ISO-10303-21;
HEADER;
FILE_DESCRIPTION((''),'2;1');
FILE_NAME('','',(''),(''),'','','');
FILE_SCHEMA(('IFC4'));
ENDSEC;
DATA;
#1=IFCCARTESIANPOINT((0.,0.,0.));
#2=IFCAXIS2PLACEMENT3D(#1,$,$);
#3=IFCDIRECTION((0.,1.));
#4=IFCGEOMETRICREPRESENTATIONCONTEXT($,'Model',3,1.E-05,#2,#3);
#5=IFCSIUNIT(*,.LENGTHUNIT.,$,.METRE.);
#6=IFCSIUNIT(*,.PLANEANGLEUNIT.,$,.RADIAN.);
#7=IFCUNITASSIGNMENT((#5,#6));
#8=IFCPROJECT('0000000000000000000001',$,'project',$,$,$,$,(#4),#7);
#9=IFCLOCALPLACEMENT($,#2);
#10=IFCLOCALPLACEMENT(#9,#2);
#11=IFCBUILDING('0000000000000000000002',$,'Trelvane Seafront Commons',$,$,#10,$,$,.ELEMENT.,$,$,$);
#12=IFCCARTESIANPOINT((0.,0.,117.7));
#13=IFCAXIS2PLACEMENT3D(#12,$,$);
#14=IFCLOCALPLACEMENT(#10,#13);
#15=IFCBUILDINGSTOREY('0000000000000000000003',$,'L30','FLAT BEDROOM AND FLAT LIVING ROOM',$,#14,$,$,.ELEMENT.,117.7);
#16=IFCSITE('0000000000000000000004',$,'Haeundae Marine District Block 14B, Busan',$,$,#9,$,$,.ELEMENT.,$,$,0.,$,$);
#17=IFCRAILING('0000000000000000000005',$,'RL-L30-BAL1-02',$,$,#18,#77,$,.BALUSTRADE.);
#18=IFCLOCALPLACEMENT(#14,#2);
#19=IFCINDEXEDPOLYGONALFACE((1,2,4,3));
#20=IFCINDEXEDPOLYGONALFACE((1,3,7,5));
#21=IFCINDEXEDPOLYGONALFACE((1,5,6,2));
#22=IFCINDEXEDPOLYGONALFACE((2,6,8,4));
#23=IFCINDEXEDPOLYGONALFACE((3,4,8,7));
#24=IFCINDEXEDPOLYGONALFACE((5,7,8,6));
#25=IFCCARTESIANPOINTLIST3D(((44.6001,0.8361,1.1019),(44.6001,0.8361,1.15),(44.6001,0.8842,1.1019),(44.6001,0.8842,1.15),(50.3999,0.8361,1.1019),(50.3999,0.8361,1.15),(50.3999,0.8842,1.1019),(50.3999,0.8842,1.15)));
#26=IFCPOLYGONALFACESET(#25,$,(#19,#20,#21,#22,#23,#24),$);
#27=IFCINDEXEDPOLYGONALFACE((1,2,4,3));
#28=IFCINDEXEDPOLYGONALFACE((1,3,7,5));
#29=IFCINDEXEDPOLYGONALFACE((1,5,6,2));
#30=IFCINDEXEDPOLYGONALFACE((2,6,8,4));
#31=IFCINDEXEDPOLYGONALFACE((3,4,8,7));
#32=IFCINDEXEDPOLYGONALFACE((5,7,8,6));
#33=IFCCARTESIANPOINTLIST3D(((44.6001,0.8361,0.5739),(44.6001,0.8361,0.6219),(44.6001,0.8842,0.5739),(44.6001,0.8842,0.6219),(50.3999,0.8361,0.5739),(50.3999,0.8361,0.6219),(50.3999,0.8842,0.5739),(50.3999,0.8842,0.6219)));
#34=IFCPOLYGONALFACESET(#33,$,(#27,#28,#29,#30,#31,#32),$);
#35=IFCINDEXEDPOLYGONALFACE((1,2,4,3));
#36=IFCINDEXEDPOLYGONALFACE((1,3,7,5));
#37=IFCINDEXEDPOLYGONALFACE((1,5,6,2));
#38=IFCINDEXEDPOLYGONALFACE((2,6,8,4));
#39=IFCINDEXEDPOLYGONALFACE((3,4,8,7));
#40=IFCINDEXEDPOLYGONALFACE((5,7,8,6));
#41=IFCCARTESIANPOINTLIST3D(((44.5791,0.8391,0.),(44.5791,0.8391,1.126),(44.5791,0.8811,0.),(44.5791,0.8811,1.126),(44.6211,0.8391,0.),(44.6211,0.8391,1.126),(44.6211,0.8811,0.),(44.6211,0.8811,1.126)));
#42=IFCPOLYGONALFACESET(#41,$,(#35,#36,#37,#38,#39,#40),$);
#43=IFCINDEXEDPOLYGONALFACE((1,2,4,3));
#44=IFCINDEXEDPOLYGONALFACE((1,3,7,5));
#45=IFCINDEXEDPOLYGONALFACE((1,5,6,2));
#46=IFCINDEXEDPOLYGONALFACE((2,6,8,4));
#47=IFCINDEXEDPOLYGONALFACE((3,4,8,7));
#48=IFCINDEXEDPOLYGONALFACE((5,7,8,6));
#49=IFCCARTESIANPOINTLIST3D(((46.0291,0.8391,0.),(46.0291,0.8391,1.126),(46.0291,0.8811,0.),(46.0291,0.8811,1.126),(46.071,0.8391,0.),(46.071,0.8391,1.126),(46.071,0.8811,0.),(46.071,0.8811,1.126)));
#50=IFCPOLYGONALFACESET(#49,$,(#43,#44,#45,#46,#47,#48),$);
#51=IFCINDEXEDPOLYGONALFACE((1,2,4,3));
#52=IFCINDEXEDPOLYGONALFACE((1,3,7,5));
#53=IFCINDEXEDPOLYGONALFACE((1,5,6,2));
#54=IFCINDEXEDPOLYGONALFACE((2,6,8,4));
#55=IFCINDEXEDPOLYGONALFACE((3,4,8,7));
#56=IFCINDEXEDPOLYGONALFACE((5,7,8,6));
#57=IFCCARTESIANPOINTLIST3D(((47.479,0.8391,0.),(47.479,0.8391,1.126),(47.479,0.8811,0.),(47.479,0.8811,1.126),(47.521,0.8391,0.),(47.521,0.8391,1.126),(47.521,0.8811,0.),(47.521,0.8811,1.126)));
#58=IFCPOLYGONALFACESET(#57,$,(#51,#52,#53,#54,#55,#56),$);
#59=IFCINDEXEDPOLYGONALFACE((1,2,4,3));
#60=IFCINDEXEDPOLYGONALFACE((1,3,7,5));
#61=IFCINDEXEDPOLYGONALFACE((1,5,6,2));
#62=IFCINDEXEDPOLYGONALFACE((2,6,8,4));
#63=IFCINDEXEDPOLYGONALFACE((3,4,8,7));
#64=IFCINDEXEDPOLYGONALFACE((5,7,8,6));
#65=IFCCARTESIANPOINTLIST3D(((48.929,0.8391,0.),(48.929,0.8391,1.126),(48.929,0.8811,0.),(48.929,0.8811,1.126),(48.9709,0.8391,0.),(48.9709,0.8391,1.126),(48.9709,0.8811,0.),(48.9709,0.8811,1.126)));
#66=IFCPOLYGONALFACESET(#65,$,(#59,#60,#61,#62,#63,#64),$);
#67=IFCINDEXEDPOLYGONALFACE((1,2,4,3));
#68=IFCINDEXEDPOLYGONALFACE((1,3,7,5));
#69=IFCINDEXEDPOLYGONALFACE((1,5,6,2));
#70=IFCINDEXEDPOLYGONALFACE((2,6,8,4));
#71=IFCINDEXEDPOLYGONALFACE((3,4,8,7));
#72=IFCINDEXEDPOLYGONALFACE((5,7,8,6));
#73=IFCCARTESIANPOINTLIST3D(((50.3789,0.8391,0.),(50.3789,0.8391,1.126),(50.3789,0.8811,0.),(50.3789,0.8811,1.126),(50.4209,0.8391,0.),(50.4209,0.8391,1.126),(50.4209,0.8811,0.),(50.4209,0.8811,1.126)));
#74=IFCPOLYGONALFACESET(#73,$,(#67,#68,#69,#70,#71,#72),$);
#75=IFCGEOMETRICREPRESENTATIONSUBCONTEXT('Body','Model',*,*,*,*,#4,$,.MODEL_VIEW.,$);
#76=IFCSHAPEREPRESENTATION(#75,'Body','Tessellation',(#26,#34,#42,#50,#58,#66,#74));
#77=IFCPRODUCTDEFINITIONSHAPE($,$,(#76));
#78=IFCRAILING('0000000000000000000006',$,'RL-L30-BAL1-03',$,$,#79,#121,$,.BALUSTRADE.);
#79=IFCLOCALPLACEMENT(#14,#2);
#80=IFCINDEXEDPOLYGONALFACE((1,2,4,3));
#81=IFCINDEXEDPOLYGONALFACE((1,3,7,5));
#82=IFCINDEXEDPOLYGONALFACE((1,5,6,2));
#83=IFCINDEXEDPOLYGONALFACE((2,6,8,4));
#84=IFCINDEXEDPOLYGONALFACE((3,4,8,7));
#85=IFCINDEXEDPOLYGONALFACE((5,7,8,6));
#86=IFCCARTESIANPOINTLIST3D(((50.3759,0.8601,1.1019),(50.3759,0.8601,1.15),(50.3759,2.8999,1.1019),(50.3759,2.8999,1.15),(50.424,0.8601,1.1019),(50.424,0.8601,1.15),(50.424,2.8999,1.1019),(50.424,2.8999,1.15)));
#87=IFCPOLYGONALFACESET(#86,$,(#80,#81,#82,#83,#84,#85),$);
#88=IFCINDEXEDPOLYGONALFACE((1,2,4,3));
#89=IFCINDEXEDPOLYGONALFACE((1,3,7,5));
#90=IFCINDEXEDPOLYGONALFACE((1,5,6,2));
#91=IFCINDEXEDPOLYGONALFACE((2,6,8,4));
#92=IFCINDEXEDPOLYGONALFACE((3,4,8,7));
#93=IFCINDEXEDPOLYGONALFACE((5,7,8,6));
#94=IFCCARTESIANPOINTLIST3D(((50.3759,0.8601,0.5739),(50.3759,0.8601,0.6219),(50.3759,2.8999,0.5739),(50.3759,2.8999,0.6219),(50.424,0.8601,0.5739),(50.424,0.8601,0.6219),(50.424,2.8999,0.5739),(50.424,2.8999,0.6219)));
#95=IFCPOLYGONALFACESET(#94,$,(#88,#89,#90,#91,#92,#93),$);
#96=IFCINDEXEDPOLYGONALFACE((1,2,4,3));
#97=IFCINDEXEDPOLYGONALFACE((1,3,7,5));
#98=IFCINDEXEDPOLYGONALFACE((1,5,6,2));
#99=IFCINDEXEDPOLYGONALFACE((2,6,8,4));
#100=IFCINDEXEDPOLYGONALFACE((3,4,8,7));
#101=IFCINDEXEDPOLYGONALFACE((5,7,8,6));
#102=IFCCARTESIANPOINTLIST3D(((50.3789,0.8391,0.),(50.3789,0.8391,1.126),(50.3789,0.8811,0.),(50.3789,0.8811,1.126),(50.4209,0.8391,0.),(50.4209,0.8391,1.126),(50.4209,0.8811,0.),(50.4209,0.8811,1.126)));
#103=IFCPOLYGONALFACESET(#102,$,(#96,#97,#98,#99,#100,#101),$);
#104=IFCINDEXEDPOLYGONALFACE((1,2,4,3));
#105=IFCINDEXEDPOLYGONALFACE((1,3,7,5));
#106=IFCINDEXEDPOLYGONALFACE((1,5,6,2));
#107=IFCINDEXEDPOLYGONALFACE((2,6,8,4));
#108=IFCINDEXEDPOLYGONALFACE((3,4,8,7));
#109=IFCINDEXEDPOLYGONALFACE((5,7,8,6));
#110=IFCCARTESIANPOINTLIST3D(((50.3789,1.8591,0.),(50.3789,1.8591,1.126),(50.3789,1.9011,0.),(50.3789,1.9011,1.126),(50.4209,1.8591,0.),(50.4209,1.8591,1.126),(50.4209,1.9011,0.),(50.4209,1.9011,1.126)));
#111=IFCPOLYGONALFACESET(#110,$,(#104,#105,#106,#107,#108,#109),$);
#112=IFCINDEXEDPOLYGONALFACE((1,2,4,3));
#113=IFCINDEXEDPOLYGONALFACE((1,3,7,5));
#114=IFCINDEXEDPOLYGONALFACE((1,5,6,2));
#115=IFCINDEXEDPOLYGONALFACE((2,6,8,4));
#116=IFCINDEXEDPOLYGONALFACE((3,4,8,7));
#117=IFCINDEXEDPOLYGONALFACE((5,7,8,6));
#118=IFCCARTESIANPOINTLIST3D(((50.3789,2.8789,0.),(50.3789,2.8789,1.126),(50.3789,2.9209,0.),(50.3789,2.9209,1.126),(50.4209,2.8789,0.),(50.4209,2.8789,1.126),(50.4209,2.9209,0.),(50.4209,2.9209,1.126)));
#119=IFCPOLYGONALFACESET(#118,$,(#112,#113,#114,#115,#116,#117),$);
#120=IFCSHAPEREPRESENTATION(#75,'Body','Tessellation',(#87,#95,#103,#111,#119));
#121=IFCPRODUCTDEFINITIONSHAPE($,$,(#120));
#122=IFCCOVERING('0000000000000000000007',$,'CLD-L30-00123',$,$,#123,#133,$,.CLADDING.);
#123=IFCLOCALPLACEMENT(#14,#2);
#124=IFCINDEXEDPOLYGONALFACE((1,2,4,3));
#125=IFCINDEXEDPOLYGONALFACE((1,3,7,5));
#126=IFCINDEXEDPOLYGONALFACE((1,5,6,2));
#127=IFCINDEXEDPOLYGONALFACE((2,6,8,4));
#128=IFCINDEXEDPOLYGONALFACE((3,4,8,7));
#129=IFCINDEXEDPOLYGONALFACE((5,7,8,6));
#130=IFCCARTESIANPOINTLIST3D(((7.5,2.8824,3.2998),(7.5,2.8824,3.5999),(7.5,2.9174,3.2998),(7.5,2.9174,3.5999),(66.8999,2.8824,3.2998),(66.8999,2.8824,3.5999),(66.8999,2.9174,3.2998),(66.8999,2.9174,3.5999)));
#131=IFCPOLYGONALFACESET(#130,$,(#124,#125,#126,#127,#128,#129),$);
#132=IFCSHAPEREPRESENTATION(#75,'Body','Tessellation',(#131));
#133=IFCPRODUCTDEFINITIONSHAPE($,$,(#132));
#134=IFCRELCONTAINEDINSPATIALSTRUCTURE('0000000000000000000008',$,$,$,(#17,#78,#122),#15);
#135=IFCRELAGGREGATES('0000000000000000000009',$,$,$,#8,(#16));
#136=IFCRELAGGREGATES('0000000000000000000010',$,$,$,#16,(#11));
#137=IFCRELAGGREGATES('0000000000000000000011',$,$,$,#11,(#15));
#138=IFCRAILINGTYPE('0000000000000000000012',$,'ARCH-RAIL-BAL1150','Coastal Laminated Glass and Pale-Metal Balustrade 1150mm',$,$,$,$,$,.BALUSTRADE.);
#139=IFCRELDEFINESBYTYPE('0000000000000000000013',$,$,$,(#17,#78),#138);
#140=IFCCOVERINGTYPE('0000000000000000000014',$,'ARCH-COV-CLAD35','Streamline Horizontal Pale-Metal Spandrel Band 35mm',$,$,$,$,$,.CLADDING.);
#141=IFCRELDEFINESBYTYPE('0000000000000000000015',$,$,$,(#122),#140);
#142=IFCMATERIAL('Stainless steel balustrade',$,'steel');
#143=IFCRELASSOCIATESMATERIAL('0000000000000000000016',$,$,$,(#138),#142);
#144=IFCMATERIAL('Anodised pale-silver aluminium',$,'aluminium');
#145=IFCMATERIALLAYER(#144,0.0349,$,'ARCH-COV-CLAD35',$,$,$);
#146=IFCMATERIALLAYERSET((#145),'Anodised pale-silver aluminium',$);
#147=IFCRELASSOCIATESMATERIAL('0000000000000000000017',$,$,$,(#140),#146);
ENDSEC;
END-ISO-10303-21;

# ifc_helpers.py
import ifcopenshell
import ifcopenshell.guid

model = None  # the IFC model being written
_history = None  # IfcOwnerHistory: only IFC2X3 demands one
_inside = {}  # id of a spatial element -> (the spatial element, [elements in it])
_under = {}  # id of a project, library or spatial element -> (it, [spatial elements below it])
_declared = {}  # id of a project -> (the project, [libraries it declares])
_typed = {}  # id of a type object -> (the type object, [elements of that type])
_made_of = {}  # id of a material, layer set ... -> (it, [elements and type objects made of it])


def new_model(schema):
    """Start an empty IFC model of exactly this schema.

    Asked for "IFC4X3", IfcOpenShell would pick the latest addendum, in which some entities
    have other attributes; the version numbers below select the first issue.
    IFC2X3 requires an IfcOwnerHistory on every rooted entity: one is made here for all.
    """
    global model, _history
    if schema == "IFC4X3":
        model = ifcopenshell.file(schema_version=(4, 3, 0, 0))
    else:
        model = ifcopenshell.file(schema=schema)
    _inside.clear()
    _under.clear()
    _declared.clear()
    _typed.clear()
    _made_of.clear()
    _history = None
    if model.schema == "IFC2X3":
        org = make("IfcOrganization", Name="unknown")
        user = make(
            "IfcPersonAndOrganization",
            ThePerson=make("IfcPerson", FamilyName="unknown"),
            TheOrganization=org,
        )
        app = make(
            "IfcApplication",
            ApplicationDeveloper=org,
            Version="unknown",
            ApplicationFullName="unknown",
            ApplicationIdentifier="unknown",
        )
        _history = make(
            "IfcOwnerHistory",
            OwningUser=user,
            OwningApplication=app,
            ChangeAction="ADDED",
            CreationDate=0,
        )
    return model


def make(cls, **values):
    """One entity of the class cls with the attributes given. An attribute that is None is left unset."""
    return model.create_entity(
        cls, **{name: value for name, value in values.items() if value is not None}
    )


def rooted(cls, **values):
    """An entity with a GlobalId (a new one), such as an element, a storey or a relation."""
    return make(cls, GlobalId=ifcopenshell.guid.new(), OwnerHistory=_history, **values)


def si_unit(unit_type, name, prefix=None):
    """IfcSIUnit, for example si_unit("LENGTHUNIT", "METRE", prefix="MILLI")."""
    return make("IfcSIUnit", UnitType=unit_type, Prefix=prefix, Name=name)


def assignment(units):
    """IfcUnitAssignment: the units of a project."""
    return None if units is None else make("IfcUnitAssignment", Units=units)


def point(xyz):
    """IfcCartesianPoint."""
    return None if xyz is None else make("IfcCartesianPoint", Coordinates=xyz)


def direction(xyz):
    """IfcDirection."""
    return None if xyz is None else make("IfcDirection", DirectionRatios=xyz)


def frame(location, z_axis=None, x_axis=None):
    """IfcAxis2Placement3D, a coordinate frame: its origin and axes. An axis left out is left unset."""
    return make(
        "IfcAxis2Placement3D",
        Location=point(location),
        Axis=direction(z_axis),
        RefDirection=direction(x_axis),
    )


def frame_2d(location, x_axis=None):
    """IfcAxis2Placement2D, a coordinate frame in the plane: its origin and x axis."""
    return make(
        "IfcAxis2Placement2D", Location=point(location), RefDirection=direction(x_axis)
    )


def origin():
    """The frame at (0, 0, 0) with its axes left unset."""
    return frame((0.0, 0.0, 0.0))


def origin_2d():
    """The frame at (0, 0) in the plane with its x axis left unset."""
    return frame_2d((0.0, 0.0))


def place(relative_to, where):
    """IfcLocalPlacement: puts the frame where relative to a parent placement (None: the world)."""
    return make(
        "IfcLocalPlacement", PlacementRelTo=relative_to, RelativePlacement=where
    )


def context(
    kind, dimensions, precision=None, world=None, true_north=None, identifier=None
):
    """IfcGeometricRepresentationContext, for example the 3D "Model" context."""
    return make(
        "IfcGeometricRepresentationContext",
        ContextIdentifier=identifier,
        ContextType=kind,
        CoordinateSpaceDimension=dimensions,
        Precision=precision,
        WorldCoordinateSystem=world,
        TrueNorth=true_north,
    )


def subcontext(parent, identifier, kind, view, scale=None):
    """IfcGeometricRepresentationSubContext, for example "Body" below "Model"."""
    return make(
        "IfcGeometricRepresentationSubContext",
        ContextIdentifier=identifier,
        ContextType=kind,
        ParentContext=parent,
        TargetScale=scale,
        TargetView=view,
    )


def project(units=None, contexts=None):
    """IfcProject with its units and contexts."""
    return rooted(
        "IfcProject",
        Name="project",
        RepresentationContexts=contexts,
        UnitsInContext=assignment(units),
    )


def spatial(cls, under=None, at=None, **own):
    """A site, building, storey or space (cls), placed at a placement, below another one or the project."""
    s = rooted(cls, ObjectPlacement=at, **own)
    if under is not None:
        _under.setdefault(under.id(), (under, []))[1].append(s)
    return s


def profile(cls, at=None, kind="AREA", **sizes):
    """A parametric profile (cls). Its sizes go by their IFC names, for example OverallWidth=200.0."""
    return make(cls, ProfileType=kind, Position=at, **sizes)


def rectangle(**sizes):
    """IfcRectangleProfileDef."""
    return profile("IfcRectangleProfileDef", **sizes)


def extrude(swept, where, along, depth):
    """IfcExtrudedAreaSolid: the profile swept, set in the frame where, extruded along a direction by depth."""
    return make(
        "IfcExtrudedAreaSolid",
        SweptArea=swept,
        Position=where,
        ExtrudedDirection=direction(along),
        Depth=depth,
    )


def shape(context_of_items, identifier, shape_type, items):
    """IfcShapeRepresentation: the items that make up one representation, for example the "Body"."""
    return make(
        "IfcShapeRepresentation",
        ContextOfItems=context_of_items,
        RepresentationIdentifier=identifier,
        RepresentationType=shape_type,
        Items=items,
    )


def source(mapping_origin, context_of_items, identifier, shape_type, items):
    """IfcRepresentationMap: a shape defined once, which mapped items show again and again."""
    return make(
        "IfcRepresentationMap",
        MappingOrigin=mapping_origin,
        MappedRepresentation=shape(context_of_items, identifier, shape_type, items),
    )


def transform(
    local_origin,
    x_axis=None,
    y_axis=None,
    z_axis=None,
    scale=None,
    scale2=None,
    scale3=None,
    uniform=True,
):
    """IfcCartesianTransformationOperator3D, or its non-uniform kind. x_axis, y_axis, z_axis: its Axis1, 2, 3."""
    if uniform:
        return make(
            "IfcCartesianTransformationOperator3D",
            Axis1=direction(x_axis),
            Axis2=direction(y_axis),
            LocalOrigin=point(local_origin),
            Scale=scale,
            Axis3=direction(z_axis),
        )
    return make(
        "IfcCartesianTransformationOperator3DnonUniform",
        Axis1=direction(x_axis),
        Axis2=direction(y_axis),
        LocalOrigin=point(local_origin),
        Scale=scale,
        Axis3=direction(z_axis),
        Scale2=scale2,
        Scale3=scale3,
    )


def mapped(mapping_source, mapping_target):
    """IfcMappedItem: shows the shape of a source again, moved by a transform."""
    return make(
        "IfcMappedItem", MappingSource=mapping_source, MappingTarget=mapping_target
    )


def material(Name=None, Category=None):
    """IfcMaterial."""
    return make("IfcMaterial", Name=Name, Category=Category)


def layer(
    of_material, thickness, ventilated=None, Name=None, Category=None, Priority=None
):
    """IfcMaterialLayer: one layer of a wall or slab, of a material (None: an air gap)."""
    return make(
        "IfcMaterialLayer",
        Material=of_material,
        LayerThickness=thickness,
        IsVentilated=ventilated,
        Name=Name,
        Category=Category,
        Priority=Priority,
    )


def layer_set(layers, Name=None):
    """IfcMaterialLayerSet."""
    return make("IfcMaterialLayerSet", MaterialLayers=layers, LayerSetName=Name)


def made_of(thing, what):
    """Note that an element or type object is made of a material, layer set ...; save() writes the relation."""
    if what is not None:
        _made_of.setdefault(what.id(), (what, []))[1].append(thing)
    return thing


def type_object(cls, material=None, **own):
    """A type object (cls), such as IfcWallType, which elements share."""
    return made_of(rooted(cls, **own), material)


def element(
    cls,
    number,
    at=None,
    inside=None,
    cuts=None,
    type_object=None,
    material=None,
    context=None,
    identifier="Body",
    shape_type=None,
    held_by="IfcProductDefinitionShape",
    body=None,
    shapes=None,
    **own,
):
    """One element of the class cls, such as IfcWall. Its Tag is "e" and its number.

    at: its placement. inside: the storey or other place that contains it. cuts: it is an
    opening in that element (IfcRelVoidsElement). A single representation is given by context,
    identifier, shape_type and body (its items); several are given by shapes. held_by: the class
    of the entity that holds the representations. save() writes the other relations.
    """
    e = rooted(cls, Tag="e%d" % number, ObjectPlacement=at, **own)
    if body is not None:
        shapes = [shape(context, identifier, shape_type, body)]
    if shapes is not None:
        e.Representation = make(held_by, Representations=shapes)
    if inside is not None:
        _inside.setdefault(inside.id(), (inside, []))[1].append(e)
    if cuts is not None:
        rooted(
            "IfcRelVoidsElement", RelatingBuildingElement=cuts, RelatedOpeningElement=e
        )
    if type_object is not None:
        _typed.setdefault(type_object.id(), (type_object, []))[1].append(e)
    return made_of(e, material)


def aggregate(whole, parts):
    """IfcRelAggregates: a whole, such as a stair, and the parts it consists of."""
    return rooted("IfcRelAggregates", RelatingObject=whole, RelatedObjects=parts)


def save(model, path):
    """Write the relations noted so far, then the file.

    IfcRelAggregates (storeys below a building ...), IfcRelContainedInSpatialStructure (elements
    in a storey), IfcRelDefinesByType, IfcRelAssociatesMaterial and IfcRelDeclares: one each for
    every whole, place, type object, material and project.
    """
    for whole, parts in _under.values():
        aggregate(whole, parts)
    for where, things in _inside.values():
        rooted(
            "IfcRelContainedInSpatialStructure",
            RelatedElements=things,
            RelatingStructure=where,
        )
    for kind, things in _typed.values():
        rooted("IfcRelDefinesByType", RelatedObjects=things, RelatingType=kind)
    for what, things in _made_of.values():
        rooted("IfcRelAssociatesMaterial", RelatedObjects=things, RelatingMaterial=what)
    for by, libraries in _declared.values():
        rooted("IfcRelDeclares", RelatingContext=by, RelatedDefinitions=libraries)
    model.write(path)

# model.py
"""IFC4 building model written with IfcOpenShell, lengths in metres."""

from ifc_helpers import new_model, si_unit, direction, frame, origin, origin_2d, place, context, subcontext, project, spatial, rectangle, extrude, source, transform, mapped, material, layer, layer_set, type_object, element, save


model = new_model("IFC4")

# Units and contexts
model_context = context("Model", 3, precision=1e-05, world=origin(), true_north=direction((0.0, 1.0)))
body_context = subcontext(model_context, "Body", "Model", "MODEL_VIEW")
ifc_project = project(units=[si_unit("LENGTHUNIT", "METRE"), si_unit("PLANEANGLEUNIT", "RADIAN")], contexts=[model_context])

# Site, building, storey
site_placement = place(None, origin())
site = spatial("IfcSite", under=ifc_project, at=site_placement, Name="Haeundae Marine District Block 14B, Busan", CompositionType="ELEMENT", RefElevation=0.0)
building_placement = place(site_placement, origin())
building = spatial("IfcBuilding", under=site, at=building_placement, Name="Trelvane Seafront Commons", CompositionType="ELEMENT")
storey_placement = place(building_placement, frame((0.0, 0.0, 117.7)))
storey = spatial("IfcBuildingStorey", under=building, at=storey_placement, Name="L30", Description="FLAT BEDROOM AND FLAT LIVING ROOM", CompositionType="ELEMENT", Elevation=117.7)

# Shared definitions
ifc_material_1 = material(Name="Anodised pale-silver aluminium", Category="aluminium")

# Railings
ifc_material_2 = material(Name="Stainless steel balustrade", Category="steel")
railing_type = type_object("IfcRailingType", Name="ARCH-RAIL-BAL1150", Description="Coastal Laminated Glass and Pale-Metal Balustrade 1150mm", PredefinedType="BALUSTRADE", material=ifc_material_2)
railing_1_placement = place(storey_placement, frame((44.6001, 0.8601, 0.0)))
element("IfcRailing", 1, at=railing_1_placement, inside=storey, type_object=railing_type, Name="RL-L30-BAL1-02", PredefinedType="BALUSTRADE", context=body_context, shape_type="SweptSolid", body=[
    extrude(rectangle(XDim=0.0481, YDim=0.0481, at=origin_2d()), frame((0.0, 0.0, 1.126), z_axis=(1.0, 0.0, 0.0), x_axis=(0.0, 1.0, 0.0)), (0.0, 0.0, 1.0), 5.7998),
    extrude(rectangle(XDim=0.0481, YDim=0.0481, at=origin_2d()), frame((0.0, 0.0, 0.5979), z_axis=(1.0, 0.0, 0.0), x_axis=(0.0, 1.0, 0.0)), (0.0, 0.0, 1.0), 5.7998),
    extrude(rectangle(XDim=0.042, YDim=0.042, at=origin_2d()), origin(), (0.0, 0.0, 1.0), 1.126),
    extrude(rectangle(XDim=0.042, YDim=0.042, at=origin_2d()), frame((1.45, 0.0, 0.0)), (0.0, 0.0, 1.0), 1.126),
    extrude(rectangle(XDim=0.042, YDim=0.042, at=origin_2d()), frame((2.8999, 0.0, 0.0)), (0.0, 0.0, 1.0), 1.126),
    extrude(rectangle(XDim=0.042, YDim=0.042, at=origin_2d()), frame((4.3499, 0.0, 0.0)), (0.0, 0.0, 1.0), 1.126),
    extrude(rectangle(XDim=0.042, YDim=0.042, at=origin_2d()), frame((5.7998, 0.0, 0.0)), (0.0, 0.0, 1.0), 1.126),
])
railing_2_placement = place(storey_placement, frame((50.3999, 0.8601, 0.0)))
element("IfcRailing", 2, at=railing_2_placement, inside=storey, type_object=railing_type, Name="RL-L30-BAL1-03", PredefinedType="BALUSTRADE", context=body_context, shape_type="SweptSolid", body=[
    extrude(rectangle(XDim=0.0481, YDim=0.0481, at=origin_2d()), frame((0.0, 0.0, 1.126), z_axis=(0.0, 1.0, 0.0), x_axis=(-1.0, 0.0, 0.0)), (0.0, 0.0, 1.0), 2.0398),
    extrude(rectangle(XDim=0.0481, YDim=0.0481, at=origin_2d()), frame((0.0, 0.0, 0.5979), z_axis=(0.0, 1.0, 0.0), x_axis=(-1.0, 0.0, 0.0)), (0.0, 0.0, 1.0), 2.0398),
    extrude(rectangle(XDim=0.042, YDim=0.042, at=origin_2d()), origin(), (0.0, 0.0, 1.0), 1.126),
    extrude(rectangle(XDim=0.042, YDim=0.042, at=origin_2d()), frame((0.0, 1.02, 0.0)), (0.0, 0.0, 1.0), 1.126),
    extrude(rectangle(XDim=0.042, YDim=0.042, at=origin_2d()), frame((0.0, 2.0398, 0.0)), (0.0, 0.0, 1.0), 1.126),
])

# Covering
ifc_layer_1 = layer(ifc_material_1, 0.0349, Name="ARCH-COV-CLAD35")
ifc_layer_set_1 = layer_set([ifc_layer_1], Name="Anodised pale-silver aluminium")
covering_type = type_object("IfcCoveringType", Name="ARCH-COV-CLAD35", Description="Streamline Horizontal Pale-Metal Spandrel Band 35mm", PredefinedType="CLADDING", material=ifc_layer_set_1)
shared_shape_1 = source(origin(), body_context, "Body", "SweptSolid", [
    extrude(rectangle(XDim=59.3999, YDim=0.0349, at=origin_2d()), origin(), (0.0, 0.0, 1.0), 0.3),
])
covering_placement = place(storey_placement, frame((37.2, 2.8999, 3.2998), z_axis=(0.0, 0.0, 1.0), x_axis=(-1.0, 0.0, 0.0)))
element("IfcCovering", 3, at=covering_placement, inside=storey, type_object=covering_type, Name="CLD-L30-00123", PredefinedType="CLADDING", context=body_context, shape_type="MappedRepresentation", body=[
    mapped(shared_shape_1, transform((0.0, 0.0, 0.0), x_axis=(1.0, 0.0, 0.0), y_axis=(0.0, 1.0, 0.0), z_axis=(0.0, 0.0, 1.0), scale=1.0)),
])

save(model, "model.ifc")
